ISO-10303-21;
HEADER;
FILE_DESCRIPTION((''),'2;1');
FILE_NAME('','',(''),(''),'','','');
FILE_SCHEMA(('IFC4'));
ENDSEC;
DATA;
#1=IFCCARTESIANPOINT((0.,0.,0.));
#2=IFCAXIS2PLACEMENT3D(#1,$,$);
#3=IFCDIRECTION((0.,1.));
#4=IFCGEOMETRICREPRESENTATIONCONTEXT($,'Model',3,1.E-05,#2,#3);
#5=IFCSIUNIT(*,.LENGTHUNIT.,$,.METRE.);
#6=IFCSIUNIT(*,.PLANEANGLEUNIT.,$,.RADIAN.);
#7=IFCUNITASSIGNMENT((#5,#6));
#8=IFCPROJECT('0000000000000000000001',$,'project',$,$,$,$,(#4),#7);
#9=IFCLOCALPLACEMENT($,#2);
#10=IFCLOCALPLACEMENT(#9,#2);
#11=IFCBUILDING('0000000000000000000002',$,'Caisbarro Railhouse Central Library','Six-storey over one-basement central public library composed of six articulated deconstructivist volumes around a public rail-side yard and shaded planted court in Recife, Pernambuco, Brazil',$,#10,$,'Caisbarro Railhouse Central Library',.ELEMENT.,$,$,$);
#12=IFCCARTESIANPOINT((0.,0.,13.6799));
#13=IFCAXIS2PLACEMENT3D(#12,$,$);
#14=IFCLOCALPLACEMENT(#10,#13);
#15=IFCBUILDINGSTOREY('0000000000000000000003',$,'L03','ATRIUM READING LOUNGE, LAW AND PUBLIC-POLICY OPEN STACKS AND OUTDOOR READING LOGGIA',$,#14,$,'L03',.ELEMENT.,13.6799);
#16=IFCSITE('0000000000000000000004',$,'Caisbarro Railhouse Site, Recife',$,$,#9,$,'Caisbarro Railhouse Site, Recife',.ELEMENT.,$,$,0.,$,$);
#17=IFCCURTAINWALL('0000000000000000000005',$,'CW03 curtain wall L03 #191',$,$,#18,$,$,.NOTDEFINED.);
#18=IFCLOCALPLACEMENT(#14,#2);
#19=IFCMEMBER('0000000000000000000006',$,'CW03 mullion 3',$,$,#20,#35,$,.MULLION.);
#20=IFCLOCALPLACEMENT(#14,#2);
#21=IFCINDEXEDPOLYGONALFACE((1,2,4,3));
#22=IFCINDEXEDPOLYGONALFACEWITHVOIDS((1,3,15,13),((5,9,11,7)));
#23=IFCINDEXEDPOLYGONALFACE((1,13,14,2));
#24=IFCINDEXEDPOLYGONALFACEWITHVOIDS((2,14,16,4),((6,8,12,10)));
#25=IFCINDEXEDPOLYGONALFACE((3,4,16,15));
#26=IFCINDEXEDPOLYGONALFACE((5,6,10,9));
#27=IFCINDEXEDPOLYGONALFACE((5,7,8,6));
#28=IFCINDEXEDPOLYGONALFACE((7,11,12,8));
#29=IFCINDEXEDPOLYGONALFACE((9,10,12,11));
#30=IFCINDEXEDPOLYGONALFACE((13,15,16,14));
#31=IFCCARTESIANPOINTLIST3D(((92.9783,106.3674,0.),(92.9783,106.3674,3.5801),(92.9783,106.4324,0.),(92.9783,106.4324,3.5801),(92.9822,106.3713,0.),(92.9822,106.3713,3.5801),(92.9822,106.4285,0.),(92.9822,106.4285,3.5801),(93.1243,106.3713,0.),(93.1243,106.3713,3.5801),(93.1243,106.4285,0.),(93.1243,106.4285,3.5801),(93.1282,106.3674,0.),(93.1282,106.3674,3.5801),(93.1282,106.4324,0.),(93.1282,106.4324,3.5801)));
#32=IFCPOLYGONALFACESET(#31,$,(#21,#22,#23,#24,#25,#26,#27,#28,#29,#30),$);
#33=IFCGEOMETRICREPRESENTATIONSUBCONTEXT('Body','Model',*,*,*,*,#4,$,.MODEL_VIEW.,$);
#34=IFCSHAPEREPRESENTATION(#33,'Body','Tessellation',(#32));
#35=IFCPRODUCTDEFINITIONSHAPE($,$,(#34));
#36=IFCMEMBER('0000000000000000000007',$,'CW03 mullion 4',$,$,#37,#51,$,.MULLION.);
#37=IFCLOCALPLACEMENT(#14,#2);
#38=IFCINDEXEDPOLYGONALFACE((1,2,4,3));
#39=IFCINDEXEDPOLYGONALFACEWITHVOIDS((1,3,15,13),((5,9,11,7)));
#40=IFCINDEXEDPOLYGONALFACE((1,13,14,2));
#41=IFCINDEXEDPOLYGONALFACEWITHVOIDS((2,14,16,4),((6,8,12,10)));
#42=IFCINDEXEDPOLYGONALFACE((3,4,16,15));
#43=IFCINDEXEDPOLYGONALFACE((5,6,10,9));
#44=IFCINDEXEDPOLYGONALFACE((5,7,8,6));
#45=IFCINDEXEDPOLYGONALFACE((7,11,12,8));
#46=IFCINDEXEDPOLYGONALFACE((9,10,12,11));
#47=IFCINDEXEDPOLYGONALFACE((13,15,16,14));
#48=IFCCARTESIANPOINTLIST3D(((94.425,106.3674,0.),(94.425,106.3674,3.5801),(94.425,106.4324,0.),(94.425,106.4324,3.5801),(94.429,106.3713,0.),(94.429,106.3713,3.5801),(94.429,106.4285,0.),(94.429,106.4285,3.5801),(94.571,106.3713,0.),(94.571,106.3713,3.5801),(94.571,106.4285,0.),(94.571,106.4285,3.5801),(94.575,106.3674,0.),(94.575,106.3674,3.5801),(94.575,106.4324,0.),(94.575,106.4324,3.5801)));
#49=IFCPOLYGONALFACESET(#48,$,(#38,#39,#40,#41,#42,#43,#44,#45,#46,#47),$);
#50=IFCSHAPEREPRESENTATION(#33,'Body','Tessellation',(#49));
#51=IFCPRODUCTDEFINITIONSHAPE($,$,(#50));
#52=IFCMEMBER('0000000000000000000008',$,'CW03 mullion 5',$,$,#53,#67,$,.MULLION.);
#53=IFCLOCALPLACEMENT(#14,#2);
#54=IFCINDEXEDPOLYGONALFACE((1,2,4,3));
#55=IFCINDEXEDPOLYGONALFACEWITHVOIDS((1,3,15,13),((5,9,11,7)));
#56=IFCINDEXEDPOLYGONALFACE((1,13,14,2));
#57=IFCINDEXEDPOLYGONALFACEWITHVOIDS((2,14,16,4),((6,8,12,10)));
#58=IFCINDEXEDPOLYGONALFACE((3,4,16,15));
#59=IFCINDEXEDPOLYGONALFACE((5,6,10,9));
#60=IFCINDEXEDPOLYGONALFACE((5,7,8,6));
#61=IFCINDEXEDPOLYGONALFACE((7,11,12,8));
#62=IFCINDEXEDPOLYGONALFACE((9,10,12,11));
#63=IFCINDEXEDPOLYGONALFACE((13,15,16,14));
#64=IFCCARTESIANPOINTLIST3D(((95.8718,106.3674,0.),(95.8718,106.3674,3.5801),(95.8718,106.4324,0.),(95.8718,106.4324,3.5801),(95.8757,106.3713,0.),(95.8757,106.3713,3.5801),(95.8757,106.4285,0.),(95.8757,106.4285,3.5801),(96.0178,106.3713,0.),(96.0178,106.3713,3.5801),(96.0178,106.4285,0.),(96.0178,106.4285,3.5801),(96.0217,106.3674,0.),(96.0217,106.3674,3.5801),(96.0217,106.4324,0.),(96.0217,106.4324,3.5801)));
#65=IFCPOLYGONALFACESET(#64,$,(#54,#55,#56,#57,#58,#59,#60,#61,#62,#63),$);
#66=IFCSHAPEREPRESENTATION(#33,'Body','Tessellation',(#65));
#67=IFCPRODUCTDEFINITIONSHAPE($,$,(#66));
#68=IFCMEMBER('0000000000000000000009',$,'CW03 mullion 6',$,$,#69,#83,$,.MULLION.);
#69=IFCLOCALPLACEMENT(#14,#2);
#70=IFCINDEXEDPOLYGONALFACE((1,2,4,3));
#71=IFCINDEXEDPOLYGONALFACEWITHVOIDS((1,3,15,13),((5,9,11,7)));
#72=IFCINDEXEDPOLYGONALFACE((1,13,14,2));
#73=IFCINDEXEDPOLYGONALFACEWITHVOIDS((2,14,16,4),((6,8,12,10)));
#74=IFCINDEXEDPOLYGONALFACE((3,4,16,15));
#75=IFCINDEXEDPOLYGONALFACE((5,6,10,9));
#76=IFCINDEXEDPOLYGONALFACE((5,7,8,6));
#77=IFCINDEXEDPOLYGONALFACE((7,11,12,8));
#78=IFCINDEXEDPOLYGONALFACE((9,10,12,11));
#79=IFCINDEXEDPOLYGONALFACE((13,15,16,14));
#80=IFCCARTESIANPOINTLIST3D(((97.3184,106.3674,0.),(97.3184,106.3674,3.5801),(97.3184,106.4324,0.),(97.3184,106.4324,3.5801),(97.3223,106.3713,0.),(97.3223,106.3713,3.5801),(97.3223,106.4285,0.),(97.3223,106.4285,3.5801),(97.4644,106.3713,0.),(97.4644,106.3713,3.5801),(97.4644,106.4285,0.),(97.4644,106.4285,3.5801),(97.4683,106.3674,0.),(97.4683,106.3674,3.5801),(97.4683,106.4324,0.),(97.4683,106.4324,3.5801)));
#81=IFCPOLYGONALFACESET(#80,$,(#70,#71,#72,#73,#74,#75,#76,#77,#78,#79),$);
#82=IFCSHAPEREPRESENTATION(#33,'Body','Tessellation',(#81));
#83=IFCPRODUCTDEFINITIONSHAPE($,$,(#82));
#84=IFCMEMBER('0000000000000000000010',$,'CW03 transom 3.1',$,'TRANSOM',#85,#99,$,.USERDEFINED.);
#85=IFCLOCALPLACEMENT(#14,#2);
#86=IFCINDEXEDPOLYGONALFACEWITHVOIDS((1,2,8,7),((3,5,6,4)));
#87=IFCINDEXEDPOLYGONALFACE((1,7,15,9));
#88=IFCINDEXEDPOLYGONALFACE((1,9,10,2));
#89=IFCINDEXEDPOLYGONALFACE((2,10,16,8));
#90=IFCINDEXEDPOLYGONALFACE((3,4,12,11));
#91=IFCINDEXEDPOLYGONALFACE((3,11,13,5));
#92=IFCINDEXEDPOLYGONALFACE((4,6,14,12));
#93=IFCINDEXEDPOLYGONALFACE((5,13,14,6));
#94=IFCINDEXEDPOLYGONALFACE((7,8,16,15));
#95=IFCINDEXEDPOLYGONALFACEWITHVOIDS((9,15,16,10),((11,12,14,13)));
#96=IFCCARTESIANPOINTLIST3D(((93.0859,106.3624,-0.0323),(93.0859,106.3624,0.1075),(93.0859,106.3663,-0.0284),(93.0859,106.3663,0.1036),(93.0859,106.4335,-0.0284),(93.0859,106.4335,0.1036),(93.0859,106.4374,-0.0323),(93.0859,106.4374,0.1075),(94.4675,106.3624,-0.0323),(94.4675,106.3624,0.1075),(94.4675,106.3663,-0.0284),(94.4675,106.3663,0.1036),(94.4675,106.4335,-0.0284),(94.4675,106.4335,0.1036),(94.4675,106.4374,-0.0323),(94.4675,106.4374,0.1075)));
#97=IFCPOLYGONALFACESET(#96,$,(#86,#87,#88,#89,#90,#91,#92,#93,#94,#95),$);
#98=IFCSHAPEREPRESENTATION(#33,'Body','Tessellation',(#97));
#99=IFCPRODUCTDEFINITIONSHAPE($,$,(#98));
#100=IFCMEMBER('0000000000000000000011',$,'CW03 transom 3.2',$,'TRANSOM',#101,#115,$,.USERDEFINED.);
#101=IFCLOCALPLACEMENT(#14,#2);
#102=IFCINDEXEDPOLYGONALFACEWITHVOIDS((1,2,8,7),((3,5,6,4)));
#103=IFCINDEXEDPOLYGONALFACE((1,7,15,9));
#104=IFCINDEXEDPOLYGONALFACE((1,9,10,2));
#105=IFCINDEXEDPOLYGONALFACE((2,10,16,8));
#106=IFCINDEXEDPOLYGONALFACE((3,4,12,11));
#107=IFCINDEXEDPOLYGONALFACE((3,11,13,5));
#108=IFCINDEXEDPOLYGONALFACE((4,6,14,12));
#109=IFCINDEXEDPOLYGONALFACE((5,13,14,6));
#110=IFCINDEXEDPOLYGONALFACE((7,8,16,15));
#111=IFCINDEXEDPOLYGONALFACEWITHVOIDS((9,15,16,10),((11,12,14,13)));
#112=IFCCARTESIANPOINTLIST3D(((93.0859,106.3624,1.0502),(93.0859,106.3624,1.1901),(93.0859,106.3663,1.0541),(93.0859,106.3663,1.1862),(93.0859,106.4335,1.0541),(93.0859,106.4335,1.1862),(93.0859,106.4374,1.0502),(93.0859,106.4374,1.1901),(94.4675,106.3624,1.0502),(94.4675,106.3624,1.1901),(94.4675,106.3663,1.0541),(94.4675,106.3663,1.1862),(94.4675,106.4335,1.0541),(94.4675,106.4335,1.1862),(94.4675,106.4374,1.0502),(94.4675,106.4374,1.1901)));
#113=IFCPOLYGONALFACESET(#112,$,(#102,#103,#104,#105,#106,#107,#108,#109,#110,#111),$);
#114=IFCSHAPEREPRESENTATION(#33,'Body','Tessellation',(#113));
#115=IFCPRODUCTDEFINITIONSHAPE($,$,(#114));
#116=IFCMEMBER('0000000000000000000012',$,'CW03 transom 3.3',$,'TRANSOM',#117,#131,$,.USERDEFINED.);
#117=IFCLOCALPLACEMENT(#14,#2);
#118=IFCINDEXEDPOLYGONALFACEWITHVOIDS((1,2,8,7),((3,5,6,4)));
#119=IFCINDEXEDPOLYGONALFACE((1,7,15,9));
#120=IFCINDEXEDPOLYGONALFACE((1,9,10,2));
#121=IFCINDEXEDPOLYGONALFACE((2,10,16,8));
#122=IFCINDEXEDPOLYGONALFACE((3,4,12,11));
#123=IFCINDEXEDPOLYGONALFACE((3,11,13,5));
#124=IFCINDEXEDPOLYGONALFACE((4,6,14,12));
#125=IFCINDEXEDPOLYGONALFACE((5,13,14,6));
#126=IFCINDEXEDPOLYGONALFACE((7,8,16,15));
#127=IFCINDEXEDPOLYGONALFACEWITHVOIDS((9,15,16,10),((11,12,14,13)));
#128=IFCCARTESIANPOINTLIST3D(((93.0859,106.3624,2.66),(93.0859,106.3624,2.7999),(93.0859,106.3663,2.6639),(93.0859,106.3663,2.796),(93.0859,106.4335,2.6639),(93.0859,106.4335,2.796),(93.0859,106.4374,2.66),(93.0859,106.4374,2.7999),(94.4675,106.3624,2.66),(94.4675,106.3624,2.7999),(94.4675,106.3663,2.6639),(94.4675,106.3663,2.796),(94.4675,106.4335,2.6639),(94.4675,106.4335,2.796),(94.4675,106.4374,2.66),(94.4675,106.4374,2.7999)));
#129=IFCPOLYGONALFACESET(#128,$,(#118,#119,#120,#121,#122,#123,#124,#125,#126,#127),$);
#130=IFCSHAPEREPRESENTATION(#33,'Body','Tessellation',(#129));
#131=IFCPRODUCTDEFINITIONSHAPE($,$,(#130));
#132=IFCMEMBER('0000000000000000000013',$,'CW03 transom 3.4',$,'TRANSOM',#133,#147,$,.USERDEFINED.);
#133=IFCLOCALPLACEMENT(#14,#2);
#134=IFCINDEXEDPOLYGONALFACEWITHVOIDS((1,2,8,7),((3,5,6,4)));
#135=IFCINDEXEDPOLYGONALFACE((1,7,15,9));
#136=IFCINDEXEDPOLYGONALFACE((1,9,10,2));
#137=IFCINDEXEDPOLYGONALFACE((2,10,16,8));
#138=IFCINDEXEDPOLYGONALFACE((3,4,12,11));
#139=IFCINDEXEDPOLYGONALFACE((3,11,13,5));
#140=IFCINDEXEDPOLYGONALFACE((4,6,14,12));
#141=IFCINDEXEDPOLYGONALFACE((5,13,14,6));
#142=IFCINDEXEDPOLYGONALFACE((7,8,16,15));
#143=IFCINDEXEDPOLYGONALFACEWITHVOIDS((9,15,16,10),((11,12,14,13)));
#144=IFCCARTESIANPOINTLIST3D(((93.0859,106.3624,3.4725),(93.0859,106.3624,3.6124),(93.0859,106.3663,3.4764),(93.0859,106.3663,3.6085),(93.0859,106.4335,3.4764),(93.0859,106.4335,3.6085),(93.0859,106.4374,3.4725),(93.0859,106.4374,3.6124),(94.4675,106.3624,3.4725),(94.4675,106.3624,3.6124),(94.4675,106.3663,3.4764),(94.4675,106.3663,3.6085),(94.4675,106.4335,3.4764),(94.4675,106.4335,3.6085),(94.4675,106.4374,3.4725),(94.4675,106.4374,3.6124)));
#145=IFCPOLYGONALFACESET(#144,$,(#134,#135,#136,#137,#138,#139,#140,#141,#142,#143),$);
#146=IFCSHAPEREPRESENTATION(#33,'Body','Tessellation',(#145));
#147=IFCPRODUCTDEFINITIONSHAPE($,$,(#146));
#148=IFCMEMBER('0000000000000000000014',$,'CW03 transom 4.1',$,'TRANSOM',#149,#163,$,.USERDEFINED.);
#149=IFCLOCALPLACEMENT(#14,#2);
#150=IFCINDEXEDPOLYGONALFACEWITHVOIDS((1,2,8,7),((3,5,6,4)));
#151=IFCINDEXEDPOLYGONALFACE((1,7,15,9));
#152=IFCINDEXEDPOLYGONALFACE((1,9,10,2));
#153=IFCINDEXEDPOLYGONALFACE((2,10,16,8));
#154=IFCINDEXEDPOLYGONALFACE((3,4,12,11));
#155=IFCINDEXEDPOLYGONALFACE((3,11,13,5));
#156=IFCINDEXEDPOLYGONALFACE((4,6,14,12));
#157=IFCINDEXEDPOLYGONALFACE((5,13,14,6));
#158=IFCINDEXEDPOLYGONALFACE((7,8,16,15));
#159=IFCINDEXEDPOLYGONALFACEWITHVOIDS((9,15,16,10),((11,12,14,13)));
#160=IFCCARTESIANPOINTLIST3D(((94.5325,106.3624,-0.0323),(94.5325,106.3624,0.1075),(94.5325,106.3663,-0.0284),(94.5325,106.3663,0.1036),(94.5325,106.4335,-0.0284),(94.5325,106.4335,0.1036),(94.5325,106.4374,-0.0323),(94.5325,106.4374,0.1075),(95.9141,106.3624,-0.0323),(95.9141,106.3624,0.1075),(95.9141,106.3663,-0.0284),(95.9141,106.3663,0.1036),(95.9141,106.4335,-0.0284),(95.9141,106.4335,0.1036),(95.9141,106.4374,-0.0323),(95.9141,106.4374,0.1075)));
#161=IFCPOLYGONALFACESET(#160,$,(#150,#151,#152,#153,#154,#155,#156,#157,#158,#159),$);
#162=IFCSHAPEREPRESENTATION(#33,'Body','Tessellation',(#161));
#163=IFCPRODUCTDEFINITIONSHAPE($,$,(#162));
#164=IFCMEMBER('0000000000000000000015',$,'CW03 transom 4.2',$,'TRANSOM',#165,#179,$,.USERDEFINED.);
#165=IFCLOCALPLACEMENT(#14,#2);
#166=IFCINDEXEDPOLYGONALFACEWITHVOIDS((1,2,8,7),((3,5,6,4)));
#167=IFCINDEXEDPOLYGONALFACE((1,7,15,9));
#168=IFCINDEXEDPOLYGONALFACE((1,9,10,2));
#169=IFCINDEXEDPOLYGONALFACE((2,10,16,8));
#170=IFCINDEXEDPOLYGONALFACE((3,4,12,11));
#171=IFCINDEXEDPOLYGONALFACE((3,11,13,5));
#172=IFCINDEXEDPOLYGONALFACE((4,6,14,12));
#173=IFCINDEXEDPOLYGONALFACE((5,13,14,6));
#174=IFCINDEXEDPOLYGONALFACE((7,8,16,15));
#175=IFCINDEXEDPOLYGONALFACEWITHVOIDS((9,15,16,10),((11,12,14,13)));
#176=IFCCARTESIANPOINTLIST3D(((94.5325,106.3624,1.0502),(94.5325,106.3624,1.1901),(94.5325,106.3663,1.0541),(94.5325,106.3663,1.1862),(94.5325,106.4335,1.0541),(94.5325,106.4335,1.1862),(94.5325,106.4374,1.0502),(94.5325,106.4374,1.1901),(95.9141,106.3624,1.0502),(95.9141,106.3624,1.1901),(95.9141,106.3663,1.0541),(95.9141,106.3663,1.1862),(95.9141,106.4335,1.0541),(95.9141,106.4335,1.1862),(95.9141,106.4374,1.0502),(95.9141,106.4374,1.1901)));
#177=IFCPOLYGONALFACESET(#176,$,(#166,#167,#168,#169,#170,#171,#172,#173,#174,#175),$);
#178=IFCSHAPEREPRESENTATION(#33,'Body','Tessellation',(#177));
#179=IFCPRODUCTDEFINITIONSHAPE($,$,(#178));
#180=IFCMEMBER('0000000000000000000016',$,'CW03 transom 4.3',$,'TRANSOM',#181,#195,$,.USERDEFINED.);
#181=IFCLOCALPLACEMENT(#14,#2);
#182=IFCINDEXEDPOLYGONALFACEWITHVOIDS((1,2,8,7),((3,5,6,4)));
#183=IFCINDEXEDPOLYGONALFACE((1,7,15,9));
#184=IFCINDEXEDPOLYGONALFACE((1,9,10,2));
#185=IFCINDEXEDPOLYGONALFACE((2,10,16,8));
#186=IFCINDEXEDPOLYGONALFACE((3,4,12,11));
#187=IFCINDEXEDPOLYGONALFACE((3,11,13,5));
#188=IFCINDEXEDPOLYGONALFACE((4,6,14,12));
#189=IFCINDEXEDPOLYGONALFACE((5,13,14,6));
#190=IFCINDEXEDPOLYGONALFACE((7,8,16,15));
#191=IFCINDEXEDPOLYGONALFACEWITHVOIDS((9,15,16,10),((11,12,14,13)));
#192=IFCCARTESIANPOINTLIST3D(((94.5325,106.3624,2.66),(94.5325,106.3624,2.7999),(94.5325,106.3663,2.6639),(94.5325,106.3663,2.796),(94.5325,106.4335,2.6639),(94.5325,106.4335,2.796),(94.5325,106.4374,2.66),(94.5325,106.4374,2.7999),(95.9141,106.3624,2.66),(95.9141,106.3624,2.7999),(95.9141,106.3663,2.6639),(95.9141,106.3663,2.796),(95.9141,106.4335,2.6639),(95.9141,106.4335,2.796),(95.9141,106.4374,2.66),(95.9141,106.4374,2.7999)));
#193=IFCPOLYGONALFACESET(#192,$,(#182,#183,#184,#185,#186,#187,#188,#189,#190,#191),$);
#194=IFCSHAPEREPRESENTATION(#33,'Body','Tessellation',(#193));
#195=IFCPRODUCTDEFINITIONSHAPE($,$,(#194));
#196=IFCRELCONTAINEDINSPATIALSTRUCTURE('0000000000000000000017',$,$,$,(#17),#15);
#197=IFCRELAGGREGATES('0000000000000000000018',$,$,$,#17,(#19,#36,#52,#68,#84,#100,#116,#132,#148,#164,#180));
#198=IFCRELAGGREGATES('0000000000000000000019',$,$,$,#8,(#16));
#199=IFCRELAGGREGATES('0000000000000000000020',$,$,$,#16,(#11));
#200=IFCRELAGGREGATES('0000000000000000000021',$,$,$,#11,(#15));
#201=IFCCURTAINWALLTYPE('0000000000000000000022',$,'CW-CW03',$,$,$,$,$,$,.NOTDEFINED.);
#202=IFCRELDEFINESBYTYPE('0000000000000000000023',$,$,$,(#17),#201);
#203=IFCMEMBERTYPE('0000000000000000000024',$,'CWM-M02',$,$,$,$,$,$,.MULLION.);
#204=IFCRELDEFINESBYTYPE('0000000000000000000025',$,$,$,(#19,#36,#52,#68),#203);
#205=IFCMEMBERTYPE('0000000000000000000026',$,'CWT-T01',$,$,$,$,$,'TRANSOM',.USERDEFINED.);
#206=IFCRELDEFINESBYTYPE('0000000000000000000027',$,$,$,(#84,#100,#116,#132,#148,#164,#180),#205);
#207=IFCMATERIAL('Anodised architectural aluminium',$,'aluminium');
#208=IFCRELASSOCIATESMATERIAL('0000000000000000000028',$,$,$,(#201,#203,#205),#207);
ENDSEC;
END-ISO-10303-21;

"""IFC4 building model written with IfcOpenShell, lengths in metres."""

from ifc_helpers import new_model, si_unit, direction, frame, origin, origin_2d, place, context, subcontext, project, spatial, hollow_rectangle, extrude, material, material_profile, profile_set, type_object, element, aggregate, save


model = new_model("IFC4")

# Units and contexts
model_context = context("Model", 3, precision=1e-05, world=origin(), true_north=direction((0.0, 1.0)))
body_context = subcontext(model_context, "Body", "Model", "MODEL_VIEW")
ifc_project = project(units=[si_unit("LENGTHUNIT", "METRE"), si_unit("PLANEANGLEUNIT", "RADIAN")], contexts=[model_context])

# Site, building, storey
site_placement = place(None, origin())
site = spatial("IfcSite", under=ifc_project, at=site_placement, Name="Caisbarro Railhouse Site, Recife", LongName="Caisbarro Railhouse Site, Recife", CompositionType="ELEMENT", RefElevation=0.0)
building_placement = place(site_placement, origin())
building = spatial("IfcBuilding", under=site, at=building_placement, Name="Caisbarro Railhouse Central Library", Description="Six-storey over one-basement central public library composed of six articulated deconstructivist volumes around a public rail-side yard and shaded planted court in Recife, Pernambuco, Brazil", LongName="Caisbarro Railhouse Central Library", CompositionType="ELEMENT")
storey_placement = place(building_placement, frame((0.0, 0.0, 13.6799)))
storey = spatial("IfcBuildingStorey", under=building, at=storey_placement, Name="L03", Description="ATRIUM READING LOUNGE, LAW AND PUBLIC-POLICY OPEN STACKS AND OUTDOOR READING LOGGIA", LongName="L03", CompositionType="ELEMENT", Elevation=13.6799)

# Curtain wall, members
ifc_material_1 = material(Name="Anodised architectural aluminium", Category="aluminium")
curtain_wall_type = type_object("IfcCurtainWallType", Name="CW-CW03", PredefinedType="NOTDEFINED", material=ifc_material_1)
curtain_wall_placement = place(storey_placement, origin())
curtain_wall = element("IfcCurtainWall", 1, at=curtain_wall_placement, inside=storey, type_object=curtain_wall_type, Name="CW03 curtain wall L03 #191", PredefinedType="NOTDEFINED")
ifc_material_profile_1 = material_profile(ifc_material_1, hollow_rectangle(XDim=0.0649, YDim=0.1499, WallThickness=0.0039, at=origin_2d()), Name="ALU-MUL-65X150")
ifc_profile_set_1 = profile_set([ifc_material_profile_1], Name="Anodised architectural aluminium")
member_type_1 = type_object("IfcMemberType", Name="CWM-M02", PredefinedType="MULLION", material=ifc_profile_set_1)
member_1_placement = place(storey_placement, frame((93.0532, 106.3999, 0.0), z_axis=(0.0, 0.0, 1.0), x_axis=(0.0, 1.0, 0.0)))
member_1 = element("IfcMember", 2, at=member_1_placement, type_object=member_type_1, Name="CW03 mullion 3", PredefinedType="MULLION", context=body_context, shape_type="SweptSolid", body=[
    extrude(hollow_rectangle(XDim=0.0649, YDim=0.1499, WallThickness=0.0039, at=origin_2d()), origin(), (0.0, 0.0, 1.0), 3.5801),
])
member_2_placement = place(storey_placement, frame((94.5, 106.3999, 0.0), z_axis=(0.0, 0.0, 1.0), x_axis=(0.0, 1.0, 0.0)))
member_2 = element("IfcMember", 3, at=member_2_placement, type_object=member_type_1, Name="CW03 mullion 4", PredefinedType="MULLION", context=body_context, shape_type="SweptSolid", body=[
    extrude(hollow_rectangle(XDim=0.0649, YDim=0.1499, WallThickness=0.0039, at=origin_2d()), origin(), (0.0, 0.0, 1.0), 3.5801),
])
member_3_placement = place(storey_placement, frame((95.9468, 106.3999, 0.0), z_axis=(0.0, 0.0, 1.0), x_axis=(0.0, 1.0, 0.0)))
member_3 = element("IfcMember", 4, at=member_3_placement, type_object=member_type_1, Name="CW03 mullion 5", PredefinedType="MULLION", context=body_context, shape_type="SweptSolid", body=[
    extrude(hollow_rectangle(XDim=0.0649, YDim=0.1499, WallThickness=0.0039, at=origin_2d()), origin(), (0.0, 0.0, 1.0), 3.5801),
])
member_4_placement = place(storey_placement, frame((97.3933, 106.3999, 0.0), z_axis=(0.0, 0.0, 1.0), x_axis=(0.0, 1.0, 0.0)))
member_4 = element("IfcMember", 5, at=member_4_placement, type_object=member_type_1, Name="CW03 mullion 6", PredefinedType="MULLION", context=body_context, shape_type="SweptSolid", body=[
    extrude(hollow_rectangle(XDim=0.0649, YDim=0.1499, WallThickness=0.0039, at=origin_2d()), origin(), (0.0, 0.0, 1.0), 3.5801),
])
ifc_material_profile_2 = material_profile(ifc_material_1, hollow_rectangle(XDim=0.075, YDim=0.1399, WallThickness=0.0039, at=origin_2d()), Name="ALU-TRN-75X140")
ifc_profile_set_2 = profile_set([ifc_material_profile_2], Name="Anodised architectural aluminium")
member_type_2 = type_object("IfcMemberType", Name="CWT-T01", ElementType="TRANSOM", PredefinedType="USERDEFINED", material=ifc_profile_set_2)
member_5_placement = place(storey_placement, frame((93.0859, 106.3999, 0.0376), z_axis=(1.0, 0.0, 0.0), x_axis=(0.0, 1.0, 0.0)))
member_5 = element("IfcMember", 6, at=member_5_placement, type_object=member_type_2, Name="CW03 transom 3.1", ObjectType="TRANSOM", PredefinedType="USERDEFINED", context=body_context, shape_type="SweptSolid", body=[
    extrude(hollow_rectangle(XDim=0.075, YDim=0.1399, WallThickness=0.0039, at=origin_2d()), origin(), (0.0, 0.0, 1.0), 1.3816),
])
member_6_placement = place(storey_placement, frame((93.0859, 106.3999, 1.1201), z_axis=(1.0, 0.0, 0.0), x_axis=(0.0, 1.0, 0.0)))
member_6 = element("IfcMember", 7, at=member_6_placement, type_object=member_type_2, Name="CW03 transom 3.2", ObjectType="TRANSOM", PredefinedType="USERDEFINED", context=body_context, shape_type="SweptSolid", body=[
    extrude(hollow_rectangle(XDim=0.075, YDim=0.1399, WallThickness=0.0039, at=origin_2d()), origin(), (0.0, 0.0, 1.0), 1.3816),
])
member_7_placement = place(storey_placement, frame((93.0859, 106.3999, 2.73), z_axis=(1.0, 0.0, 0.0), x_axis=(0.0, 1.0, 0.0)))
member_7 = element("IfcMember", 8, at=member_7_placement, type_object=member_type_2, Name="CW03 transom 3.3", ObjectType="TRANSOM", PredefinedType="USERDEFINED", context=body_context, shape_type="SweptSolid", body=[
    extrude(hollow_rectangle(XDim=0.075, YDim=0.1399, WallThickness=0.0039, at=origin_2d()), origin(), (0.0, 0.0, 1.0), 1.3816),
])
member_8_placement = place(storey_placement, frame((93.0859, 106.3999, 3.5425), z_axis=(1.0, 0.0, 0.0), x_axis=(0.0, 1.0, 0.0)))
member_8 = element("IfcMember", 9, at=member_8_placement, type_object=member_type_2, Name="CW03 transom 3.4", ObjectType="TRANSOM", PredefinedType="USERDEFINED", context=body_context, shape_type="SweptSolid", body=[
    extrude(hollow_rectangle(XDim=0.075, YDim=0.1399, WallThickness=0.0039, at=origin_2d()), origin(), (0.0, 0.0, 1.0), 1.3816),
])
member_9_placement = place(storey_placement, frame((94.5325, 106.3999, 0.0376), z_axis=(1.0, 0.0, 0.0), x_axis=(0.0, 1.0, 0.0)))
member_9 = element("IfcMember", 10, at=member_9_placement, type_object=member_type_2, Name="CW03 transom 4.1", ObjectType="TRANSOM", PredefinedType="USERDEFINED", context=body_context, shape_type="SweptSolid", body=[
    extrude(hollow_rectangle(XDim=0.075, YDim=0.1399, WallThickness=0.0039, at=origin_2d()), origin(), (0.0, 0.0, 1.0), 1.3816),
])
member_10_placement = place(storey_placement, frame((94.5325, 106.3999, 1.1201), z_axis=(1.0, 0.0, 0.0), x_axis=(0.0, 1.0, 0.0)))
member_10 = element("IfcMember", 11, at=member_10_placement, type_object=member_type_2, Name="CW03 transom 4.2", ObjectType="TRANSOM", PredefinedType="USERDEFINED", context=body_context, shape_type="SweptSolid", body=[
    extrude(hollow_rectangle(XDim=0.075, YDim=0.1399, WallThickness=0.0039, at=origin_2d()), origin(), (0.0, 0.0, 1.0), 1.3816),
])
member_11_placement = place(storey_placement, frame((94.5325, 106.3999, 2.73), z_axis=(1.0, 0.0, 0.0), x_axis=(0.0, 1.0, 0.0)))
member_11 = element("IfcMember", 12, at=member_11_placement, type_object=member_type_2, Name="CW03 transom 4.3", ObjectType="TRANSOM", PredefinedType="USERDEFINED", context=body_context, shape_type="SweptSolid", body=[
    extrude(hollow_rectangle(XDim=0.075, YDim=0.1399, WallThickness=0.0039, at=origin_2d()), origin(), (0.0, 0.0, 1.0), 1.3816),
])
aggregate(curtain_wall, [member_1, member_2, member_3, member_4, member_5, member_6, member_7, member_8, member_9, member_10, member_11])

save(model, "model.ifc")
